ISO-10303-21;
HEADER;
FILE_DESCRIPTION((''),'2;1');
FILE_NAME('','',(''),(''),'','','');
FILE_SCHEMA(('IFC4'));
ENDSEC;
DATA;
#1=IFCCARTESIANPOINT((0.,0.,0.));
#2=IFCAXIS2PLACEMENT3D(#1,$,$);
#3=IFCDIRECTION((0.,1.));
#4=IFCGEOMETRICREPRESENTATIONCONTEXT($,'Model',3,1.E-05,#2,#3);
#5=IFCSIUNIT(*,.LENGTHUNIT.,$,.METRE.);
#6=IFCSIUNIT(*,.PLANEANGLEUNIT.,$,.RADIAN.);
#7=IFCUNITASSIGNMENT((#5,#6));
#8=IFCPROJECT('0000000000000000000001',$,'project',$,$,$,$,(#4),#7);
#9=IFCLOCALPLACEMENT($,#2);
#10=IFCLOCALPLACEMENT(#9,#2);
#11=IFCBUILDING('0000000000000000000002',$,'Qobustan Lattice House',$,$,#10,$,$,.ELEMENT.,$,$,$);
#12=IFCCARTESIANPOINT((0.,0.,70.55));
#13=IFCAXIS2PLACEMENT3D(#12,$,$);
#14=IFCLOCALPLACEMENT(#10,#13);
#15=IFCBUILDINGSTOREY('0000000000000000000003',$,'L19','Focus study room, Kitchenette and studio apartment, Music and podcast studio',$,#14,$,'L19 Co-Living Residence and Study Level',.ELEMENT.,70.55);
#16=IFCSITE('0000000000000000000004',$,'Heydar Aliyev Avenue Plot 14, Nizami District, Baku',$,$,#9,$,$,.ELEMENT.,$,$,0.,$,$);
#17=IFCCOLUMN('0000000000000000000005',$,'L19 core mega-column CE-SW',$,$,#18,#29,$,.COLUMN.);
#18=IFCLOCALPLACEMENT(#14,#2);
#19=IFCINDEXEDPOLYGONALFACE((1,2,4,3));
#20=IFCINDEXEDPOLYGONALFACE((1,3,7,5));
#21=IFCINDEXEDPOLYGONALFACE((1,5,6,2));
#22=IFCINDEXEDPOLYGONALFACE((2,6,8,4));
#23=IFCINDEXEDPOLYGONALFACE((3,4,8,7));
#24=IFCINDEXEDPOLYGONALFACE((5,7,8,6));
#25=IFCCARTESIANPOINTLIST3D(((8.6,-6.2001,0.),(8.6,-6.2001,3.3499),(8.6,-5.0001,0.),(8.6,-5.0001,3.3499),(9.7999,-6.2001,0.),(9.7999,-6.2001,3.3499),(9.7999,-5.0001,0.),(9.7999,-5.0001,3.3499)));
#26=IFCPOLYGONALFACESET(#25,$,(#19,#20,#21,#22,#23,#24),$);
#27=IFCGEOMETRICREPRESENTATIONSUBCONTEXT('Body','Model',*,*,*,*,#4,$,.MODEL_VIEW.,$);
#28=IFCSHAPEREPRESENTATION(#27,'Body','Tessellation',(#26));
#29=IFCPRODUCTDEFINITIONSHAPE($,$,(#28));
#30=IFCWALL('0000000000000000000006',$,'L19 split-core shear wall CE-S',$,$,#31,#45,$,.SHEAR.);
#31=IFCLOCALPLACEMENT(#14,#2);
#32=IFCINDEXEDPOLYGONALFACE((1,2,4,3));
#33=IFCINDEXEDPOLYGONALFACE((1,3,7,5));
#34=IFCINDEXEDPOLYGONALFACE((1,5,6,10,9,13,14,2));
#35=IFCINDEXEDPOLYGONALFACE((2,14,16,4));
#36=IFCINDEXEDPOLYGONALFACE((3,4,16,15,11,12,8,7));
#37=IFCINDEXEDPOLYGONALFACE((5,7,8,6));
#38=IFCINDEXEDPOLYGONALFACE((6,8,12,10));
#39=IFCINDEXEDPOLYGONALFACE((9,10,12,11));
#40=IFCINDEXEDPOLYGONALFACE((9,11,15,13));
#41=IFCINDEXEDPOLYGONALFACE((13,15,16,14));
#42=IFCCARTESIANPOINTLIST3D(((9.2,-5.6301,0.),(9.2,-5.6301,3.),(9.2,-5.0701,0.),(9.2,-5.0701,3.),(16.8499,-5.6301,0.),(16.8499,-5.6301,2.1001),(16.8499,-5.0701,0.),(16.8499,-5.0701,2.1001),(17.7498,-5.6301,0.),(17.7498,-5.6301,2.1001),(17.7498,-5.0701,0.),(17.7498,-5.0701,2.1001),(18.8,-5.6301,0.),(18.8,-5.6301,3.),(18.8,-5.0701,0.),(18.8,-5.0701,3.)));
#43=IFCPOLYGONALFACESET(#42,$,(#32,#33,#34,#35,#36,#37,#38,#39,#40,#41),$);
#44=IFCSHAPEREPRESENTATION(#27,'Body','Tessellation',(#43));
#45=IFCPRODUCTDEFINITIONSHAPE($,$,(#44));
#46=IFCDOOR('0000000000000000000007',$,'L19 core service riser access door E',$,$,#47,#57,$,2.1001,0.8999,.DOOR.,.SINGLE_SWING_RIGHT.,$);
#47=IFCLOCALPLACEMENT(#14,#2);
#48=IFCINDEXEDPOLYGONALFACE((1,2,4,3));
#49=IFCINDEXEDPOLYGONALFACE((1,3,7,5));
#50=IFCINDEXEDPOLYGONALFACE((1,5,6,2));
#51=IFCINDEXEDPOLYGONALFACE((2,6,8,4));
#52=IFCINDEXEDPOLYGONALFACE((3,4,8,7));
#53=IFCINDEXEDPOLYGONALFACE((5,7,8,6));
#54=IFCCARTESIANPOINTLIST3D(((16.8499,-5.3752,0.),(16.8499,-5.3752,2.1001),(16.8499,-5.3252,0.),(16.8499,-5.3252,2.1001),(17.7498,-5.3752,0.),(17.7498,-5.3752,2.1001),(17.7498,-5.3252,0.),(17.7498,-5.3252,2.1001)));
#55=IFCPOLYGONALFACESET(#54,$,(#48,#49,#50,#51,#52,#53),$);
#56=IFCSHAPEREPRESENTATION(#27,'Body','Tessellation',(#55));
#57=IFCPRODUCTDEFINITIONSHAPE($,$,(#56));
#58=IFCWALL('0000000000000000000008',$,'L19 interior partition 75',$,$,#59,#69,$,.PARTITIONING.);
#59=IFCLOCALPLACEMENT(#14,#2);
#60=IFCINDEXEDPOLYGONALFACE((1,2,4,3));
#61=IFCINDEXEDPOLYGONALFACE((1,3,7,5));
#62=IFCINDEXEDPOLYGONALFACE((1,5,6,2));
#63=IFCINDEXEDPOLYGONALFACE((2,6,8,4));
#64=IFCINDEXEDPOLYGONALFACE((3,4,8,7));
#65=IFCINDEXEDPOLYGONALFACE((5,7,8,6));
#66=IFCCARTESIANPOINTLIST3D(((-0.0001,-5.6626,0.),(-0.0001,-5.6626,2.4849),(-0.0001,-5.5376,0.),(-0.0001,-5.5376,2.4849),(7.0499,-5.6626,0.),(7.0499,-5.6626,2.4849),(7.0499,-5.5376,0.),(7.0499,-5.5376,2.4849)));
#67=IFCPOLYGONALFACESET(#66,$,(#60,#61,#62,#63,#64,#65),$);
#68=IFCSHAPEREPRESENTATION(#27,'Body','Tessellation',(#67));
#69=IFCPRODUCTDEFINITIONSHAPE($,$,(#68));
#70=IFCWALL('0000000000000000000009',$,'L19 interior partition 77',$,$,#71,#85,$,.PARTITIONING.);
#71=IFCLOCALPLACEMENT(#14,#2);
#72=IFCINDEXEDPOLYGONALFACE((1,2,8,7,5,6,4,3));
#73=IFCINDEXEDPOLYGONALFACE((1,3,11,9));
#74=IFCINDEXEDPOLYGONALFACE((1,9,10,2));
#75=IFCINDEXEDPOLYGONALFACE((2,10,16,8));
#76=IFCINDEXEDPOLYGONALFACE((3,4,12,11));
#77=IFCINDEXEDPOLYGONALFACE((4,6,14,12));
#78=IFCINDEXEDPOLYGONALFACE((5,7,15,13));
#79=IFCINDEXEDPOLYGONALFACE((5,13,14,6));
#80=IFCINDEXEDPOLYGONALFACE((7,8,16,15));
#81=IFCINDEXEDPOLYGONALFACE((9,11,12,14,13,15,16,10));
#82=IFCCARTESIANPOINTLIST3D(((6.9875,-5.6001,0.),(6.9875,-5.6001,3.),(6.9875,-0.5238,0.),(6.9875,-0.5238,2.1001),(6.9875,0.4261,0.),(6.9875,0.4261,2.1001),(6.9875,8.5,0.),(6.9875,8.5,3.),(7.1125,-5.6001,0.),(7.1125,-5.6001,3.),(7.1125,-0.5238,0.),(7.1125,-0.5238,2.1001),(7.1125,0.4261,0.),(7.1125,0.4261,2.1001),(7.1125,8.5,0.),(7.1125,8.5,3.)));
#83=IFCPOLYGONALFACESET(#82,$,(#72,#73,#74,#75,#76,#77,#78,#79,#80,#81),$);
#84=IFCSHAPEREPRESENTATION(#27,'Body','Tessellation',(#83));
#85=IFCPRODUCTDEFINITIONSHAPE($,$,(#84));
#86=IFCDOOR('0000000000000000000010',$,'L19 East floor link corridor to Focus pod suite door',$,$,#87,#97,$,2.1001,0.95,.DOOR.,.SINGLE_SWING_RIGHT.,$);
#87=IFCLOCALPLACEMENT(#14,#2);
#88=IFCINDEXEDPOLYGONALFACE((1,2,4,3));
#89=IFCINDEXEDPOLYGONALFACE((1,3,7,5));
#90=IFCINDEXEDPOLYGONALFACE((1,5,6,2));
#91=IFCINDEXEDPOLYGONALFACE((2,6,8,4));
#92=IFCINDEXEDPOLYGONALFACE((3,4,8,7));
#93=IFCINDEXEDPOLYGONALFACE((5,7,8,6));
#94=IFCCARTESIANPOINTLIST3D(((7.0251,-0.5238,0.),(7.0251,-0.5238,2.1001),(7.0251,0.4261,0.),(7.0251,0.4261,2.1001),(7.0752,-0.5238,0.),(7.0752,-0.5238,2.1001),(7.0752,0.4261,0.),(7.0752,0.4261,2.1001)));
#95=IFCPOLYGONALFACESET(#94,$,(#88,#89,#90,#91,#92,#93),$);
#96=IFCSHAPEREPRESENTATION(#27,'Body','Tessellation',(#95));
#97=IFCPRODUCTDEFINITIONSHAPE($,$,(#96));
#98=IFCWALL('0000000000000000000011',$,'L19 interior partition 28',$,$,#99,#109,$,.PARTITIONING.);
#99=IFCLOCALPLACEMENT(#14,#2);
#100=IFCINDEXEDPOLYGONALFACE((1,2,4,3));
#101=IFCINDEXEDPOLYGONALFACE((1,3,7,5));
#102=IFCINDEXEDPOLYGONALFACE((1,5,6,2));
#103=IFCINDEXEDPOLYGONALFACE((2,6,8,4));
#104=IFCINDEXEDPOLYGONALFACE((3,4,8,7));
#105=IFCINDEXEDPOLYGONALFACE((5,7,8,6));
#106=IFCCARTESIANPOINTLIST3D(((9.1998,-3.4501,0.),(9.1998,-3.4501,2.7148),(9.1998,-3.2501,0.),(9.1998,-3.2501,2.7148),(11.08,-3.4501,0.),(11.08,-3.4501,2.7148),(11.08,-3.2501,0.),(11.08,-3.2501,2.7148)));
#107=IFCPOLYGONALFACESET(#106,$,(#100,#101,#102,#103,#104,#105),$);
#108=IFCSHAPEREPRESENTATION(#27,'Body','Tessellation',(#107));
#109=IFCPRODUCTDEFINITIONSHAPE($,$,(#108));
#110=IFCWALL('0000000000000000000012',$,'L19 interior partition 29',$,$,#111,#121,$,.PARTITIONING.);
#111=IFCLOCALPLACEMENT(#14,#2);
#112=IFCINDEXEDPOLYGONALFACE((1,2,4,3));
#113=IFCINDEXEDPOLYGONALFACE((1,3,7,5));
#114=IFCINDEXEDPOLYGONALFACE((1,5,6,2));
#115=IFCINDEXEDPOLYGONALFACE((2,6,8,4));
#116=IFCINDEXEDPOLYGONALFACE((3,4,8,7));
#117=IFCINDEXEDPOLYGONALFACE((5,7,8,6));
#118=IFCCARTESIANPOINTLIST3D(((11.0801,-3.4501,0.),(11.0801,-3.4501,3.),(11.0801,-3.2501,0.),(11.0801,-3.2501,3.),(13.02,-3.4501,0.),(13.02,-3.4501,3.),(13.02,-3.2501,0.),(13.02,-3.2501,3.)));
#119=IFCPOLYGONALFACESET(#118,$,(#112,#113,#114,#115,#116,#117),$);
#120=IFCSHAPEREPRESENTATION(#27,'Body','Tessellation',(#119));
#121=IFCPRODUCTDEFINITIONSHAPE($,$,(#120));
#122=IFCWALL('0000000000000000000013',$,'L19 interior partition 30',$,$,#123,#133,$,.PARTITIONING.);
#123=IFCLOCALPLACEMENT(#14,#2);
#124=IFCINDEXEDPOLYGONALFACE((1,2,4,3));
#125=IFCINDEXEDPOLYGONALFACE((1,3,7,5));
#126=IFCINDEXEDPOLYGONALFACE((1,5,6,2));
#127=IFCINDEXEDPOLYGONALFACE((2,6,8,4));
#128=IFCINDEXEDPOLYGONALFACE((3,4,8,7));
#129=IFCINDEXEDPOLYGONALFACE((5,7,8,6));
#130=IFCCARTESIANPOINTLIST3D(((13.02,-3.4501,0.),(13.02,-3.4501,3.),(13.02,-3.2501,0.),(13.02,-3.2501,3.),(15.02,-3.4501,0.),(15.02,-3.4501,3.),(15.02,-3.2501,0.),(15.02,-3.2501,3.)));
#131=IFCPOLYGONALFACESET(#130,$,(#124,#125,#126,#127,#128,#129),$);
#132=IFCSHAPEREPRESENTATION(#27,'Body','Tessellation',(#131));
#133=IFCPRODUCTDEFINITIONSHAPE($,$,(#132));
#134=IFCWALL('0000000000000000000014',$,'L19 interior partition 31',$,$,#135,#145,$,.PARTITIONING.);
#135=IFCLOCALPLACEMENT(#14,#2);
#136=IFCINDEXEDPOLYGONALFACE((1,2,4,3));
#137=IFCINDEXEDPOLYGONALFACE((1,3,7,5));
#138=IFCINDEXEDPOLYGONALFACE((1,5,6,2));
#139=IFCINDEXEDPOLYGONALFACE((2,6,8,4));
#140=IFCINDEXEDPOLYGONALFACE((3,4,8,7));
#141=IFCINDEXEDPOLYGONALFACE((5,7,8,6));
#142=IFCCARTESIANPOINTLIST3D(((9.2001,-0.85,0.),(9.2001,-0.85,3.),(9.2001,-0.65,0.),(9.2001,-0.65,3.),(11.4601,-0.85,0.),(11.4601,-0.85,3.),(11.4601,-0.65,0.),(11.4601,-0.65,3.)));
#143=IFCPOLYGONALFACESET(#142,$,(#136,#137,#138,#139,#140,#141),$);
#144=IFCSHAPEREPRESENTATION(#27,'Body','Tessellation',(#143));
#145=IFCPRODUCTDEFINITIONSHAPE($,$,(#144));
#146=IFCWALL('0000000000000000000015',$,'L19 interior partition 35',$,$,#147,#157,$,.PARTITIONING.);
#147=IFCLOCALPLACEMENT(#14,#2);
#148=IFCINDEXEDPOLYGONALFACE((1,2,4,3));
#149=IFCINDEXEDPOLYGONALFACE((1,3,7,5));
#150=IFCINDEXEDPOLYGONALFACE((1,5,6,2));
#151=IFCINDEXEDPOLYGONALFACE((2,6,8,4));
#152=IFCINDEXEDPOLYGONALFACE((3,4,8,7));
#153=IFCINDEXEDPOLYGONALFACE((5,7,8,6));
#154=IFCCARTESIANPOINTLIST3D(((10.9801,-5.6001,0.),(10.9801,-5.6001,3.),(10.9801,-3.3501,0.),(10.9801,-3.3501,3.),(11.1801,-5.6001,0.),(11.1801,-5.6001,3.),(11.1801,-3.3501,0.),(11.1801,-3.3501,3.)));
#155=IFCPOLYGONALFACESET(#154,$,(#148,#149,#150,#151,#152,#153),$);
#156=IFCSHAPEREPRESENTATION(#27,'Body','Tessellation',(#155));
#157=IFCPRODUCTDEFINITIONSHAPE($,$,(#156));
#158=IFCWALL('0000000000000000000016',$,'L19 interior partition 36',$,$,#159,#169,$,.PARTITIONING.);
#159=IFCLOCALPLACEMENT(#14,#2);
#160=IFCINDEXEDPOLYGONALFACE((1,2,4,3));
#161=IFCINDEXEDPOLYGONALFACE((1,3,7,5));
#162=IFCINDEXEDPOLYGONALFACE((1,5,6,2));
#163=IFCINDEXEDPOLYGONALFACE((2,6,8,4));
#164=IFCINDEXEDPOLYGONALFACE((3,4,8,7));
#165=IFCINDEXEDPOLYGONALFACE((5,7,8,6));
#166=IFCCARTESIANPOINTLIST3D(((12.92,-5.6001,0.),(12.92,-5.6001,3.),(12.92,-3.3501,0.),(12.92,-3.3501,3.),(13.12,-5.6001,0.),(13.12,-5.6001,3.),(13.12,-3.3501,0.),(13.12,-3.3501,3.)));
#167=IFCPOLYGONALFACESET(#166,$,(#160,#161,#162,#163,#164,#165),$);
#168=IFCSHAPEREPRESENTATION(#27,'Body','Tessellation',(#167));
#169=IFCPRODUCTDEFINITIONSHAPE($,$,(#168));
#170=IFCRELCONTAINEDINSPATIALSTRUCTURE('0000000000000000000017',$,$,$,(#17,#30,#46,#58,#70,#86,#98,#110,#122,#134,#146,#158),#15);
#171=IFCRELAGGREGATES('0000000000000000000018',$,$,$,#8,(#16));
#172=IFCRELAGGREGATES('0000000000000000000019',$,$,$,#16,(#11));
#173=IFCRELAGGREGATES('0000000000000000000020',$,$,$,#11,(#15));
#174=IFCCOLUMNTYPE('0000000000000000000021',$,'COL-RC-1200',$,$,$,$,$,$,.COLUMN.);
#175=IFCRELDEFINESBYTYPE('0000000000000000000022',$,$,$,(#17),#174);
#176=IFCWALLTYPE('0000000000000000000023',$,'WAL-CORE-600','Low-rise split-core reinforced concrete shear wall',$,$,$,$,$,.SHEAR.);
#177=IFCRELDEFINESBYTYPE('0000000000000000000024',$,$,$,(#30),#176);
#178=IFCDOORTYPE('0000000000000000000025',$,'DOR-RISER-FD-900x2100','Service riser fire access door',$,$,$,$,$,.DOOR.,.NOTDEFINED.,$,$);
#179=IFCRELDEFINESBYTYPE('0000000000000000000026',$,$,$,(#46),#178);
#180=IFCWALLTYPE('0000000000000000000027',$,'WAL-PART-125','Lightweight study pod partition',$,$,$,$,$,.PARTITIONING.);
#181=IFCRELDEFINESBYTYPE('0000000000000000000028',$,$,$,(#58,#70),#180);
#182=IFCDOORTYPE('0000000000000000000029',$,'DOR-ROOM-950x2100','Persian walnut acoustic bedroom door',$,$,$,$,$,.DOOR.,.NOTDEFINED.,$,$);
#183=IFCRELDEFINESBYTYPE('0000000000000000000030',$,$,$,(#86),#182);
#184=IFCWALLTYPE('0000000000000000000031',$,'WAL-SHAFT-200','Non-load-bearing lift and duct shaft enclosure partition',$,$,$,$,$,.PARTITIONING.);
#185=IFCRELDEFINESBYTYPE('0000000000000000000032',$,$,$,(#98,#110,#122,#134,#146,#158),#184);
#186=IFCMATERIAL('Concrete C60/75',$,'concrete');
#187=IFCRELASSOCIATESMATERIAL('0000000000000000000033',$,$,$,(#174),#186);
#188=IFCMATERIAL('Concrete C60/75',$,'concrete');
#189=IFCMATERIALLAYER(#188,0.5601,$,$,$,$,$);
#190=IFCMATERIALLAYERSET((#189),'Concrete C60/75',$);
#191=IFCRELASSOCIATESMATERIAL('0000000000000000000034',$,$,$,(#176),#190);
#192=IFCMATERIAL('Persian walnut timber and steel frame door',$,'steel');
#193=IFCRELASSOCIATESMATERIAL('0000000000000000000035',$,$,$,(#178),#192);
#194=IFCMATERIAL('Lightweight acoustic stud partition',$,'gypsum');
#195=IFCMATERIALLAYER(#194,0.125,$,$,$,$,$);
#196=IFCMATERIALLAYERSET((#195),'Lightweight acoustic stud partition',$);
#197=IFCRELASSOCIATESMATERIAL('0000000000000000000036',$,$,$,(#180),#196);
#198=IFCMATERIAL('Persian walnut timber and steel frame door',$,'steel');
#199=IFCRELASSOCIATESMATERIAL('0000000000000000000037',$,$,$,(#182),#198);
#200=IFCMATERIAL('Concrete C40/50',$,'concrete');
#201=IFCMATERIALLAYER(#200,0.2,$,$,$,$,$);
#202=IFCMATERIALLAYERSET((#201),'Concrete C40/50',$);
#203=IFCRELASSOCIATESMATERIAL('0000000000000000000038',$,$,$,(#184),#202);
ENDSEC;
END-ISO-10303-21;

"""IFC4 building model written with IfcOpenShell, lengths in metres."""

from ifc_helpers import new_model, si_unit, direction, frame, frame_2d, origin, origin_2d, place, context, subcontext, project, spatial, rectangle, extrude, material, layer, layer_set, material_profile, profile_set, type_object, element, fill, save


model = new_model("IFC4")

# Units and contexts
model_context = context("Model", 3, precision=1e-05, world=origin(), true_north=direction((0.0, 1.0)))
body_context = subcontext(model_context, "Body", "Model", "MODEL_VIEW")
ifc_project = project(units=[si_unit("LENGTHUNIT", "METRE"), si_unit("PLANEANGLEUNIT", "RADIAN")], contexts=[model_context])

# Site, building, storey
site_placement = place(None, origin())
site = spatial("IfcSite", under=ifc_project, at=site_placement, Name="Heydar Aliyev Avenue Plot 14, Nizami District, Baku", CompositionType="ELEMENT", RefElevation=0.0)
building_placement = place(site_placement, origin())
building = spatial("IfcBuilding", under=site, at=building_placement, Name="Qobustan Lattice House", CompositionType="ELEMENT")
storey_placement = place(building_placement, frame((0.0, 0.0, 70.55)))
storey = spatial("IfcBuildingStorey", under=building, at=storey_placement, Name="L19", Description="Focus study room, Kitchenette and studio apartment, Music and podcast studio", LongName="L19 Co-Living Residence and Study Level", CompositionType="ELEMENT", Elevation=70.55)

# Column
ifc_material_1 = material(Name="Concrete C60/75", Category="concrete")
ifc_material_profile = material_profile(ifc_material_1, rectangle(XDim=1.2, YDim=1.2, at=origin_2d()), Name="RC1200x1200")
ifc_profile_set = profile_set([ifc_material_profile], Name="Concrete C60/75")
column_type = type_object("IfcColumnType", Name="COL-RC-1200", PredefinedType="COLUMN", material=ifc_profile_set)
column_placement = place(storey_placement, frame((9.2, -5.6001, 0.0), z_axis=(0.0, 0.0, 1.0), x_axis=(1.0, 0.0, 0.0)))
element("IfcColumn", 1, at=column_placement, inside=storey, type_object=column_type, Name="L19 core mega-column CE-SW", PredefinedType="COLUMN", context=body_context, shape_type="SweptSolid", body=[
    extrude(rectangle(XDim=1.2, YDim=1.2, at=origin_2d()), origin(), (0.0, 0.0, 1.0), 3.3499),
])

# Wall, opening, door
ifc_material_2 = material(Name="Concrete C60/75", Category="concrete")
ifc_layer_1 = layer(ifc_material_2, 0.5601)
ifc_layer_set_1 = layer_set([ifc_layer_1], Name="Concrete C60/75")
wall_type_1 = type_object("IfcWallType", Name="WAL-CORE-600", Description="Low-rise split-core reinforced concrete shear wall", PredefinedType="SHEAR", material=ifc_layer_set_1)
wall_1_placement = place(storey_placement, frame((9.2, -5.3501, 0.0), z_axis=(0.0, 0.0, 1.0), x_axis=(1.0, 0.0, 0.0)))
wall_1 = element("IfcWall", 2, at=wall_1_placement, inside=storey, type_object=wall_type_1, Name="L19 split-core shear wall CE-S", PredefinedType="SHEAR", context=body_context, shape_type="SweptSolid", body=[
    extrude(rectangle(XDim=9.6001, YDim=0.5601, at=frame_2d((4.8, 0.0))), origin(), (0.0, 0.0, 1.0), 3.0),
])
opening_1_placement = place(wall_1_placement, frame((7.6499, 0.0, 0.0)))
opening_1 = element("IfcOpeningElement", 3, at=opening_1_placement, cuts=wall_1, PredefinedType="OPENING", context=body_context, shape_type="SweptSolid", body=[
    extrude(rectangle(XDim=0.8999, YDim=2.1001, at=frame_2d((0.45, 1.05))), frame((0.0, 0.29, 0.0), z_axis=(0.0, -1.0, 0.0), x_axis=(1.0, 0.0, 0.0)), (0.0, 0.0, 1.0), 0.5801),
])
ifc_material_3 = material(Name="Persian walnut timber and steel frame door", Category="steel")
door_type_1 = type_object("IfcDoorType", Name="DOR-RISER-FD-900x2100", Description="Service riser fire access door", OperationType="NOTDEFINED", PredefinedType="DOOR", material=ifc_material_3)
door_1_placement = place(opening_1_placement, origin())
door_1 = element("IfcDoor", 4, at=door_1_placement, inside=storey, type_object=door_type_1, Name="L19 core service riser access door E", OperationType="SINGLE_SWING_RIGHT", OverallHeight=2.1001, OverallWidth=0.8999, PredefinedType="DOOR", context=body_context, shape_type="SweptSolid", body=[
    extrude(rectangle(XDim=0.8999, YDim=2.1001, at=frame_2d((0.45, 1.05))), frame((0.0, 0.0249, 0.0), z_axis=(0.0, -1.0, 0.0), x_axis=(1.0, 0.0, 0.0)), (0.0, 0.0, 1.0), 0.05),
])
fill(opening_1, door_1)

# Wall
ifc_material_4 = material(Name="Lightweight acoustic stud partition", Category="gypsum")
ifc_layer_2 = layer(ifc_material_4, 0.125)
ifc_layer_set_2 = layer_set([ifc_layer_2], Name="Lightweight acoustic stud partition")
wall_type_2 = type_object("IfcWallType", Name="WAL-PART-125", Description="Lightweight study pod partition", PredefinedType="PARTITIONING", material=ifc_layer_set_2)
wall_2_placement = place(storey_placement, frame((0.0, -5.6001, 0.0), z_axis=(0.0, 0.0, 1.0), x_axis=(1.0, 0.0, 0.0)))
element("IfcWall", 5, at=wall_2_placement, inside=storey, type_object=wall_type_2, Name="L19 interior partition 75", PredefinedType="PARTITIONING", context=body_context, shape_type="SweptSolid", body=[
    extrude(rectangle(XDim=7.05, YDim=0.125, at=frame_2d((3.5249, 0.0))), origin(), (0.0, 0.0, 1.0), 2.4849),
])

# Wall, opening, door
wall_3_placement = place(storey_placement, frame((7.05, -5.6001, 0.0), z_axis=(0.0, 0.0, 1.0), x_axis=(0.0, 1.0, 0.0)))
wall_3 = element("IfcWall", 6, at=wall_3_placement, inside=storey, type_object=wall_type_2, Name="L19 interior partition 77", PredefinedType="PARTITIONING", context=body_context, shape_type="SweptSolid", body=[
    extrude(rectangle(XDim=14.1001, YDim=0.125, at=frame_2d((7.05, 0.0))), origin(), (0.0, 0.0, 1.0), 3.0),
])
opening_2_placement = place(wall_3_placement, frame((5.0762, 0.0, 0.0)))
opening_2 = element("IfcOpeningElement", 7, at=opening_2_placement, cuts=wall_3, PredefinedType="OPENING", context=body_context, shape_type="SweptSolid", body=[
    extrude(rectangle(XDim=0.95, YDim=2.1001, at=frame_2d((0.4751, 1.05))), frame((0.0, 0.0725, 0.0), z_axis=(0.0, -1.0, 0.0), x_axis=(1.0, 0.0, 0.0)), (0.0, 0.0, 1.0), 0.145),
])
ifc_material_5 = material(Name="Persian walnut timber and steel frame door", Category="steel")
door_type_2 = type_object("IfcDoorType", Name="DOR-ROOM-950x2100", Description="Persian walnut acoustic bedroom door", OperationType="NOTDEFINED", PredefinedType="DOOR", material=ifc_material_5)
door_2_placement = place(opening_2_placement, origin())
door_2 = element("IfcDoor", 8, at=door_2_placement, inside=storey, type_object=door_type_2, Name="L19 East floor link corridor to Focus pod suite door", OperationType="SINGLE_SWING_RIGHT", OverallHeight=2.1001, OverallWidth=0.95, PredefinedType="DOOR", context=body_context, shape_type="SweptSolid", body=[
    extrude(rectangle(XDim=0.95, YDim=2.1001, at=frame_2d((0.4751, 1.05))), frame((0.0, 0.0249, 0.0), z_axis=(0.0, -1.0, 0.0), x_axis=(1.0, 0.0, 0.0)), (0.0, 0.0, 1.0), 0.05),
])
fill(opening_2, door_2)

# Walls
ifc_material_6 = material(Name="Concrete C40/50", Category="concrete")
ifc_layer_3 = layer(ifc_material_6, 0.2)
ifc_layer_set_3 = layer_set([ifc_layer_3], Name="Concrete C40/50")
wall_type_3 = type_object("IfcWallType", Name="WAL-SHAFT-200", Description="Non-load-bearing lift and duct shaft enclosure partition", PredefinedType="PARTITIONING", material=ifc_layer_set_3)
wall_4_placement = place(storey_placement, frame((9.2, -3.3501, 0.0), z_axis=(0.0, 0.0, 1.0), x_axis=(1.0, 0.0, 0.0)))
element("IfcWall", 9, at=wall_4_placement, inside=storey, type_object=wall_type_3, Name="L19 interior partition 28", PredefinedType="PARTITIONING", context=body_context, shape_type="SweptSolid", body=[
    extrude(rectangle(XDim=1.8801, YDim=0.2, at=frame_2d((0.9399, 0.0))), origin(), (0.0, 0.0, 1.0), 2.7148),
])
wall_5_placement = place(storey_placement, frame((11.0801, -3.3501, 0.0), z_axis=(0.0, 0.0, 1.0), x_axis=(1.0, 0.0, 0.0)))
element("IfcWall", 10, at=wall_5_placement, inside=storey, type_object=wall_type_3, Name="L19 interior partition 29", PredefinedType="PARTITIONING", context=body_context, shape_type="SweptSolid", body=[
    extrude(rectangle(XDim=1.9399, YDim=0.2, at=frame_2d((0.97, 0.0))), origin(), (0.0, 0.0, 1.0), 3.0),
])
wall_6_placement = place(storey_placement, frame((13.02, -3.3501, 0.0), z_axis=(0.0, 0.0, 1.0), x_axis=(1.0, 0.0, 0.0)))
element("IfcWall", 11, at=wall_6_placement, inside=storey, type_object=wall_type_3, Name="L19 interior partition 30", PredefinedType="PARTITIONING", context=body_context, shape_type="SweptSolid", body=[
    extrude(rectangle(XDim=2.0, YDim=0.2, at=frame_2d((1.0, 0.0))), origin(), (0.0, 0.0, 1.0), 3.0),
])
wall_7_placement = place(storey_placement, frame((11.46, -0.75, 0.0), z_axis=(0.0, 0.0, 1.0), x_axis=(-1.0, 0.0, 0.0)))
element("IfcWall", 12, at=wall_7_placement, inside=storey, type_object=wall_type_3, Name="L19 interior partition 31", PredefinedType="PARTITIONING", context=body_context, shape_type="SweptSolid", body=[
    extrude(rectangle(XDim=2.26, YDim=0.2, at=frame_2d((1.1299, 0.0))), origin(), (0.0, 0.0, 1.0), 3.0),
])
for number, where, z_axis, x_axis, name in (
    (13, (11.0801, -5.6001, 0.0), (0.0, 0.0, 1.0), (0.0, 1.0, 0.0), "L19 interior partition 35"),
    (14, (13.02, -5.6001, 0.0), (0.0, 0.0, 1.0), (0.0, 1.0, 0.0), "L19 interior partition 36"),
):
    element("IfcWall", number, at=place(storey_placement, frame(where, z_axis=z_axis, x_axis=x_axis)), inside=storey, type_object=wall_type_3, Name=name, PredefinedType="PARTITIONING", context=body_context, shape_type="SweptSolid", body=[
        extrude(rectangle(XDim=2.25, YDim=0.2, at=frame_2d((1.125, 0.0))), origin(), (0.0, 0.0, 1.0), 3.0),
    ])

save(model, "model.ifc")
